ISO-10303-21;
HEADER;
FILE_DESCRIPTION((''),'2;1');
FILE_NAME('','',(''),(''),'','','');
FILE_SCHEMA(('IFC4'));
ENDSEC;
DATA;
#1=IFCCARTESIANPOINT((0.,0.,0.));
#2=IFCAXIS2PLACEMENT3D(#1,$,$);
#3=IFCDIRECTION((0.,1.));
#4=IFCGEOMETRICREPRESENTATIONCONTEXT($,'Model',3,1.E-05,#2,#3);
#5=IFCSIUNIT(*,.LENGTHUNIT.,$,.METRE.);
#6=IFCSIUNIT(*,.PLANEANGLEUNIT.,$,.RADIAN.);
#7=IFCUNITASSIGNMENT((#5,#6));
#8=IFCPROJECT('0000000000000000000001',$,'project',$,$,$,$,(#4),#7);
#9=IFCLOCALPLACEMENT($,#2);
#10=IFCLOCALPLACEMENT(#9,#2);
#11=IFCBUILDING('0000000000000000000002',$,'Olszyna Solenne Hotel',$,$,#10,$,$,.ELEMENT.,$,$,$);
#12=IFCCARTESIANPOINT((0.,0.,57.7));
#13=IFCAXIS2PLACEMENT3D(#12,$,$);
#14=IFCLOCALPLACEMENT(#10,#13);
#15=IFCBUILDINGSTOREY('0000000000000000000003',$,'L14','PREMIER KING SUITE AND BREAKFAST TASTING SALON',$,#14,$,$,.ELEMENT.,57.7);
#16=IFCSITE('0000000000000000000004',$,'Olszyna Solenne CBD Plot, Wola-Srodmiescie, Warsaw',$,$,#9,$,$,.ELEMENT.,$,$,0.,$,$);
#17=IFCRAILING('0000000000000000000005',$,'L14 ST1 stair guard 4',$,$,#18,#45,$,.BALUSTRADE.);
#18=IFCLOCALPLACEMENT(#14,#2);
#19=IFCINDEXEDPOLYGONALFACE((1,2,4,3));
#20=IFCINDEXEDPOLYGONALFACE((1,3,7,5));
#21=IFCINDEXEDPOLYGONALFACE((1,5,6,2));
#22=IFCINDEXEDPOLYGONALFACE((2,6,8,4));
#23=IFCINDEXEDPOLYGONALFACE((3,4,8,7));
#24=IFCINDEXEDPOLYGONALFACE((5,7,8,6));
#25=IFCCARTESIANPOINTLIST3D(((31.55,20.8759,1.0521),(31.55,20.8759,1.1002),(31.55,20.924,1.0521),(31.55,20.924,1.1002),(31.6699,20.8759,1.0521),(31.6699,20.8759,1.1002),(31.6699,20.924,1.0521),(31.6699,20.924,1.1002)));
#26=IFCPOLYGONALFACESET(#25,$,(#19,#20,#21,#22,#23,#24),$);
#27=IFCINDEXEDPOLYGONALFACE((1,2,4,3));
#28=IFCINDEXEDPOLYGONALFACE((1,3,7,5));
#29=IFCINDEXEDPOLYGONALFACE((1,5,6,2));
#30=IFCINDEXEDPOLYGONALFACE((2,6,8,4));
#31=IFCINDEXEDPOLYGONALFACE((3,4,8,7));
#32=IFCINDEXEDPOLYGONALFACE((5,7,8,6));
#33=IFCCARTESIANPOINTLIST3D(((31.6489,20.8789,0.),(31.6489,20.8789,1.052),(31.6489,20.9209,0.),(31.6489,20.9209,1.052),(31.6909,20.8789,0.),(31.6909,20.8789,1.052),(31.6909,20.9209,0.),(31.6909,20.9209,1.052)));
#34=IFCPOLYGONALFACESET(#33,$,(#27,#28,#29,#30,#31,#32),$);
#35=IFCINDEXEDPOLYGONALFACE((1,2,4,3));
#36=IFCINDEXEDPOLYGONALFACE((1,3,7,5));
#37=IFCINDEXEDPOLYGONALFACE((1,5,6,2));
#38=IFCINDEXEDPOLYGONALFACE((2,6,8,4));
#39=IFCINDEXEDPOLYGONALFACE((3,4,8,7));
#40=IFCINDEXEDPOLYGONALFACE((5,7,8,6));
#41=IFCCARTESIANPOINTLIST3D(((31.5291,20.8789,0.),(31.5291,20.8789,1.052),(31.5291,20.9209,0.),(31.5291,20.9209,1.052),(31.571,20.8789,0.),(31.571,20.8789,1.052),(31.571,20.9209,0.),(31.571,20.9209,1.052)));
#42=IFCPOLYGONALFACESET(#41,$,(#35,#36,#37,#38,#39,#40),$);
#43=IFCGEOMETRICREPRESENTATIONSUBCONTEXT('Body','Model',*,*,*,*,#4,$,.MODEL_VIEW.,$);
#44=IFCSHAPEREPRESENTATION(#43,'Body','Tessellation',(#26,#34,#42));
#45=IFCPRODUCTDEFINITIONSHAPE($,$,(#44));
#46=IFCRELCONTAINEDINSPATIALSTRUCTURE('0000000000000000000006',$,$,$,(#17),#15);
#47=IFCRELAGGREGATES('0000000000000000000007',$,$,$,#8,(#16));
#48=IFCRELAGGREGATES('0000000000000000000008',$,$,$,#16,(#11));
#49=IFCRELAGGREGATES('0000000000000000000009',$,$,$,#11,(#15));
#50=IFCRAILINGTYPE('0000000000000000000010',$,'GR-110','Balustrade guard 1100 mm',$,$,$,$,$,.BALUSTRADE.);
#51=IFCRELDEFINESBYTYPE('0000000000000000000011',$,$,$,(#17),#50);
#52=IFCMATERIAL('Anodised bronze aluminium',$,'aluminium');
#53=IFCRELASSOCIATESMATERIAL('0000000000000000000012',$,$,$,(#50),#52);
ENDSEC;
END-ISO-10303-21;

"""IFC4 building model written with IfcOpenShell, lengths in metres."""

from ifc_helpers import new_model, si_unit, direction, frame, origin, origin_2d, place, context, subcontext, project, spatial, rectangle, extrude, material, type_object, element, save


model = new_model("IFC4")

# Units and contexts
model_context = context("Model", 3, precision=1e-05, world=origin(), true_north=direction((0.0, 1.0)))
body_context = subcontext(model_context, "Body", "Model", "MODEL_VIEW")
ifc_project = project(units=[si_unit("LENGTHUNIT", "METRE"), si_unit("PLANEANGLEUNIT", "RADIAN")], contexts=[model_context])

# Site, building, storey
site_placement = place(None, origin())
site = spatial("IfcSite", under=ifc_project, at=site_placement, Name="Olszyna Solenne CBD Plot, Wola-Srodmiescie, Warsaw", CompositionType="ELEMENT", RefElevation=0.0)
building_placement = place(site_placement, origin())
building = spatial("IfcBuilding", under=site, at=building_placement, Name="Olszyna Solenne Hotel", CompositionType="ELEMENT")
storey_placement = place(building_placement, frame((0.0, 0.0, 57.7)))
storey = spatial("IfcBuildingStorey", under=building, at=storey_placement, Name="L14", Description="PREMIER KING SUITE AND BREAKFAST TASTING SALON", CompositionType="ELEMENT", Elevation=57.7)

# Railing
ifc_material_1 = material(Name="Anodised bronze aluminium", Category="aluminium")
railing_type = type_object("IfcRailingType", Name="GR-110", Description="Balustrade guard 1100 mm", PredefinedType="BALUSTRADE", material=ifc_material_1)
railing_1_placement = place(storey_placement, frame((31.6699, 20.8999, 0.0)))
element("IfcRailing", 1, at=railing_1_placement, inside=storey, type_object=railing_type, Name="L14 ST1 stair guard 4", PredefinedType="BALUSTRADE", context=body_context, shape_type="SweptSolid", body=[
    extrude(rectangle(XDim=0.0481, YDim=0.0481, at=origin_2d()), frame((0.0, 0.0, 1.0762), z_axis=(-1.0, 0.0, 0.0), x_axis=(0.0, -1.0, 0.0)), (0.0, 0.0, 1.0), 0.1199),
    extrude(rectangle(XDim=0.042, YDim=0.042, at=origin_2d()), origin(), (0.0, 0.0, 1.0), 1.052),
    extrude(rectangle(XDim=0.042, YDim=0.042, at=origin_2d()), frame((-0.1199, 0.0, 0.0)), (0.0, 0.0, 1.0), 1.052),
])

save(model, "model.ifc")
